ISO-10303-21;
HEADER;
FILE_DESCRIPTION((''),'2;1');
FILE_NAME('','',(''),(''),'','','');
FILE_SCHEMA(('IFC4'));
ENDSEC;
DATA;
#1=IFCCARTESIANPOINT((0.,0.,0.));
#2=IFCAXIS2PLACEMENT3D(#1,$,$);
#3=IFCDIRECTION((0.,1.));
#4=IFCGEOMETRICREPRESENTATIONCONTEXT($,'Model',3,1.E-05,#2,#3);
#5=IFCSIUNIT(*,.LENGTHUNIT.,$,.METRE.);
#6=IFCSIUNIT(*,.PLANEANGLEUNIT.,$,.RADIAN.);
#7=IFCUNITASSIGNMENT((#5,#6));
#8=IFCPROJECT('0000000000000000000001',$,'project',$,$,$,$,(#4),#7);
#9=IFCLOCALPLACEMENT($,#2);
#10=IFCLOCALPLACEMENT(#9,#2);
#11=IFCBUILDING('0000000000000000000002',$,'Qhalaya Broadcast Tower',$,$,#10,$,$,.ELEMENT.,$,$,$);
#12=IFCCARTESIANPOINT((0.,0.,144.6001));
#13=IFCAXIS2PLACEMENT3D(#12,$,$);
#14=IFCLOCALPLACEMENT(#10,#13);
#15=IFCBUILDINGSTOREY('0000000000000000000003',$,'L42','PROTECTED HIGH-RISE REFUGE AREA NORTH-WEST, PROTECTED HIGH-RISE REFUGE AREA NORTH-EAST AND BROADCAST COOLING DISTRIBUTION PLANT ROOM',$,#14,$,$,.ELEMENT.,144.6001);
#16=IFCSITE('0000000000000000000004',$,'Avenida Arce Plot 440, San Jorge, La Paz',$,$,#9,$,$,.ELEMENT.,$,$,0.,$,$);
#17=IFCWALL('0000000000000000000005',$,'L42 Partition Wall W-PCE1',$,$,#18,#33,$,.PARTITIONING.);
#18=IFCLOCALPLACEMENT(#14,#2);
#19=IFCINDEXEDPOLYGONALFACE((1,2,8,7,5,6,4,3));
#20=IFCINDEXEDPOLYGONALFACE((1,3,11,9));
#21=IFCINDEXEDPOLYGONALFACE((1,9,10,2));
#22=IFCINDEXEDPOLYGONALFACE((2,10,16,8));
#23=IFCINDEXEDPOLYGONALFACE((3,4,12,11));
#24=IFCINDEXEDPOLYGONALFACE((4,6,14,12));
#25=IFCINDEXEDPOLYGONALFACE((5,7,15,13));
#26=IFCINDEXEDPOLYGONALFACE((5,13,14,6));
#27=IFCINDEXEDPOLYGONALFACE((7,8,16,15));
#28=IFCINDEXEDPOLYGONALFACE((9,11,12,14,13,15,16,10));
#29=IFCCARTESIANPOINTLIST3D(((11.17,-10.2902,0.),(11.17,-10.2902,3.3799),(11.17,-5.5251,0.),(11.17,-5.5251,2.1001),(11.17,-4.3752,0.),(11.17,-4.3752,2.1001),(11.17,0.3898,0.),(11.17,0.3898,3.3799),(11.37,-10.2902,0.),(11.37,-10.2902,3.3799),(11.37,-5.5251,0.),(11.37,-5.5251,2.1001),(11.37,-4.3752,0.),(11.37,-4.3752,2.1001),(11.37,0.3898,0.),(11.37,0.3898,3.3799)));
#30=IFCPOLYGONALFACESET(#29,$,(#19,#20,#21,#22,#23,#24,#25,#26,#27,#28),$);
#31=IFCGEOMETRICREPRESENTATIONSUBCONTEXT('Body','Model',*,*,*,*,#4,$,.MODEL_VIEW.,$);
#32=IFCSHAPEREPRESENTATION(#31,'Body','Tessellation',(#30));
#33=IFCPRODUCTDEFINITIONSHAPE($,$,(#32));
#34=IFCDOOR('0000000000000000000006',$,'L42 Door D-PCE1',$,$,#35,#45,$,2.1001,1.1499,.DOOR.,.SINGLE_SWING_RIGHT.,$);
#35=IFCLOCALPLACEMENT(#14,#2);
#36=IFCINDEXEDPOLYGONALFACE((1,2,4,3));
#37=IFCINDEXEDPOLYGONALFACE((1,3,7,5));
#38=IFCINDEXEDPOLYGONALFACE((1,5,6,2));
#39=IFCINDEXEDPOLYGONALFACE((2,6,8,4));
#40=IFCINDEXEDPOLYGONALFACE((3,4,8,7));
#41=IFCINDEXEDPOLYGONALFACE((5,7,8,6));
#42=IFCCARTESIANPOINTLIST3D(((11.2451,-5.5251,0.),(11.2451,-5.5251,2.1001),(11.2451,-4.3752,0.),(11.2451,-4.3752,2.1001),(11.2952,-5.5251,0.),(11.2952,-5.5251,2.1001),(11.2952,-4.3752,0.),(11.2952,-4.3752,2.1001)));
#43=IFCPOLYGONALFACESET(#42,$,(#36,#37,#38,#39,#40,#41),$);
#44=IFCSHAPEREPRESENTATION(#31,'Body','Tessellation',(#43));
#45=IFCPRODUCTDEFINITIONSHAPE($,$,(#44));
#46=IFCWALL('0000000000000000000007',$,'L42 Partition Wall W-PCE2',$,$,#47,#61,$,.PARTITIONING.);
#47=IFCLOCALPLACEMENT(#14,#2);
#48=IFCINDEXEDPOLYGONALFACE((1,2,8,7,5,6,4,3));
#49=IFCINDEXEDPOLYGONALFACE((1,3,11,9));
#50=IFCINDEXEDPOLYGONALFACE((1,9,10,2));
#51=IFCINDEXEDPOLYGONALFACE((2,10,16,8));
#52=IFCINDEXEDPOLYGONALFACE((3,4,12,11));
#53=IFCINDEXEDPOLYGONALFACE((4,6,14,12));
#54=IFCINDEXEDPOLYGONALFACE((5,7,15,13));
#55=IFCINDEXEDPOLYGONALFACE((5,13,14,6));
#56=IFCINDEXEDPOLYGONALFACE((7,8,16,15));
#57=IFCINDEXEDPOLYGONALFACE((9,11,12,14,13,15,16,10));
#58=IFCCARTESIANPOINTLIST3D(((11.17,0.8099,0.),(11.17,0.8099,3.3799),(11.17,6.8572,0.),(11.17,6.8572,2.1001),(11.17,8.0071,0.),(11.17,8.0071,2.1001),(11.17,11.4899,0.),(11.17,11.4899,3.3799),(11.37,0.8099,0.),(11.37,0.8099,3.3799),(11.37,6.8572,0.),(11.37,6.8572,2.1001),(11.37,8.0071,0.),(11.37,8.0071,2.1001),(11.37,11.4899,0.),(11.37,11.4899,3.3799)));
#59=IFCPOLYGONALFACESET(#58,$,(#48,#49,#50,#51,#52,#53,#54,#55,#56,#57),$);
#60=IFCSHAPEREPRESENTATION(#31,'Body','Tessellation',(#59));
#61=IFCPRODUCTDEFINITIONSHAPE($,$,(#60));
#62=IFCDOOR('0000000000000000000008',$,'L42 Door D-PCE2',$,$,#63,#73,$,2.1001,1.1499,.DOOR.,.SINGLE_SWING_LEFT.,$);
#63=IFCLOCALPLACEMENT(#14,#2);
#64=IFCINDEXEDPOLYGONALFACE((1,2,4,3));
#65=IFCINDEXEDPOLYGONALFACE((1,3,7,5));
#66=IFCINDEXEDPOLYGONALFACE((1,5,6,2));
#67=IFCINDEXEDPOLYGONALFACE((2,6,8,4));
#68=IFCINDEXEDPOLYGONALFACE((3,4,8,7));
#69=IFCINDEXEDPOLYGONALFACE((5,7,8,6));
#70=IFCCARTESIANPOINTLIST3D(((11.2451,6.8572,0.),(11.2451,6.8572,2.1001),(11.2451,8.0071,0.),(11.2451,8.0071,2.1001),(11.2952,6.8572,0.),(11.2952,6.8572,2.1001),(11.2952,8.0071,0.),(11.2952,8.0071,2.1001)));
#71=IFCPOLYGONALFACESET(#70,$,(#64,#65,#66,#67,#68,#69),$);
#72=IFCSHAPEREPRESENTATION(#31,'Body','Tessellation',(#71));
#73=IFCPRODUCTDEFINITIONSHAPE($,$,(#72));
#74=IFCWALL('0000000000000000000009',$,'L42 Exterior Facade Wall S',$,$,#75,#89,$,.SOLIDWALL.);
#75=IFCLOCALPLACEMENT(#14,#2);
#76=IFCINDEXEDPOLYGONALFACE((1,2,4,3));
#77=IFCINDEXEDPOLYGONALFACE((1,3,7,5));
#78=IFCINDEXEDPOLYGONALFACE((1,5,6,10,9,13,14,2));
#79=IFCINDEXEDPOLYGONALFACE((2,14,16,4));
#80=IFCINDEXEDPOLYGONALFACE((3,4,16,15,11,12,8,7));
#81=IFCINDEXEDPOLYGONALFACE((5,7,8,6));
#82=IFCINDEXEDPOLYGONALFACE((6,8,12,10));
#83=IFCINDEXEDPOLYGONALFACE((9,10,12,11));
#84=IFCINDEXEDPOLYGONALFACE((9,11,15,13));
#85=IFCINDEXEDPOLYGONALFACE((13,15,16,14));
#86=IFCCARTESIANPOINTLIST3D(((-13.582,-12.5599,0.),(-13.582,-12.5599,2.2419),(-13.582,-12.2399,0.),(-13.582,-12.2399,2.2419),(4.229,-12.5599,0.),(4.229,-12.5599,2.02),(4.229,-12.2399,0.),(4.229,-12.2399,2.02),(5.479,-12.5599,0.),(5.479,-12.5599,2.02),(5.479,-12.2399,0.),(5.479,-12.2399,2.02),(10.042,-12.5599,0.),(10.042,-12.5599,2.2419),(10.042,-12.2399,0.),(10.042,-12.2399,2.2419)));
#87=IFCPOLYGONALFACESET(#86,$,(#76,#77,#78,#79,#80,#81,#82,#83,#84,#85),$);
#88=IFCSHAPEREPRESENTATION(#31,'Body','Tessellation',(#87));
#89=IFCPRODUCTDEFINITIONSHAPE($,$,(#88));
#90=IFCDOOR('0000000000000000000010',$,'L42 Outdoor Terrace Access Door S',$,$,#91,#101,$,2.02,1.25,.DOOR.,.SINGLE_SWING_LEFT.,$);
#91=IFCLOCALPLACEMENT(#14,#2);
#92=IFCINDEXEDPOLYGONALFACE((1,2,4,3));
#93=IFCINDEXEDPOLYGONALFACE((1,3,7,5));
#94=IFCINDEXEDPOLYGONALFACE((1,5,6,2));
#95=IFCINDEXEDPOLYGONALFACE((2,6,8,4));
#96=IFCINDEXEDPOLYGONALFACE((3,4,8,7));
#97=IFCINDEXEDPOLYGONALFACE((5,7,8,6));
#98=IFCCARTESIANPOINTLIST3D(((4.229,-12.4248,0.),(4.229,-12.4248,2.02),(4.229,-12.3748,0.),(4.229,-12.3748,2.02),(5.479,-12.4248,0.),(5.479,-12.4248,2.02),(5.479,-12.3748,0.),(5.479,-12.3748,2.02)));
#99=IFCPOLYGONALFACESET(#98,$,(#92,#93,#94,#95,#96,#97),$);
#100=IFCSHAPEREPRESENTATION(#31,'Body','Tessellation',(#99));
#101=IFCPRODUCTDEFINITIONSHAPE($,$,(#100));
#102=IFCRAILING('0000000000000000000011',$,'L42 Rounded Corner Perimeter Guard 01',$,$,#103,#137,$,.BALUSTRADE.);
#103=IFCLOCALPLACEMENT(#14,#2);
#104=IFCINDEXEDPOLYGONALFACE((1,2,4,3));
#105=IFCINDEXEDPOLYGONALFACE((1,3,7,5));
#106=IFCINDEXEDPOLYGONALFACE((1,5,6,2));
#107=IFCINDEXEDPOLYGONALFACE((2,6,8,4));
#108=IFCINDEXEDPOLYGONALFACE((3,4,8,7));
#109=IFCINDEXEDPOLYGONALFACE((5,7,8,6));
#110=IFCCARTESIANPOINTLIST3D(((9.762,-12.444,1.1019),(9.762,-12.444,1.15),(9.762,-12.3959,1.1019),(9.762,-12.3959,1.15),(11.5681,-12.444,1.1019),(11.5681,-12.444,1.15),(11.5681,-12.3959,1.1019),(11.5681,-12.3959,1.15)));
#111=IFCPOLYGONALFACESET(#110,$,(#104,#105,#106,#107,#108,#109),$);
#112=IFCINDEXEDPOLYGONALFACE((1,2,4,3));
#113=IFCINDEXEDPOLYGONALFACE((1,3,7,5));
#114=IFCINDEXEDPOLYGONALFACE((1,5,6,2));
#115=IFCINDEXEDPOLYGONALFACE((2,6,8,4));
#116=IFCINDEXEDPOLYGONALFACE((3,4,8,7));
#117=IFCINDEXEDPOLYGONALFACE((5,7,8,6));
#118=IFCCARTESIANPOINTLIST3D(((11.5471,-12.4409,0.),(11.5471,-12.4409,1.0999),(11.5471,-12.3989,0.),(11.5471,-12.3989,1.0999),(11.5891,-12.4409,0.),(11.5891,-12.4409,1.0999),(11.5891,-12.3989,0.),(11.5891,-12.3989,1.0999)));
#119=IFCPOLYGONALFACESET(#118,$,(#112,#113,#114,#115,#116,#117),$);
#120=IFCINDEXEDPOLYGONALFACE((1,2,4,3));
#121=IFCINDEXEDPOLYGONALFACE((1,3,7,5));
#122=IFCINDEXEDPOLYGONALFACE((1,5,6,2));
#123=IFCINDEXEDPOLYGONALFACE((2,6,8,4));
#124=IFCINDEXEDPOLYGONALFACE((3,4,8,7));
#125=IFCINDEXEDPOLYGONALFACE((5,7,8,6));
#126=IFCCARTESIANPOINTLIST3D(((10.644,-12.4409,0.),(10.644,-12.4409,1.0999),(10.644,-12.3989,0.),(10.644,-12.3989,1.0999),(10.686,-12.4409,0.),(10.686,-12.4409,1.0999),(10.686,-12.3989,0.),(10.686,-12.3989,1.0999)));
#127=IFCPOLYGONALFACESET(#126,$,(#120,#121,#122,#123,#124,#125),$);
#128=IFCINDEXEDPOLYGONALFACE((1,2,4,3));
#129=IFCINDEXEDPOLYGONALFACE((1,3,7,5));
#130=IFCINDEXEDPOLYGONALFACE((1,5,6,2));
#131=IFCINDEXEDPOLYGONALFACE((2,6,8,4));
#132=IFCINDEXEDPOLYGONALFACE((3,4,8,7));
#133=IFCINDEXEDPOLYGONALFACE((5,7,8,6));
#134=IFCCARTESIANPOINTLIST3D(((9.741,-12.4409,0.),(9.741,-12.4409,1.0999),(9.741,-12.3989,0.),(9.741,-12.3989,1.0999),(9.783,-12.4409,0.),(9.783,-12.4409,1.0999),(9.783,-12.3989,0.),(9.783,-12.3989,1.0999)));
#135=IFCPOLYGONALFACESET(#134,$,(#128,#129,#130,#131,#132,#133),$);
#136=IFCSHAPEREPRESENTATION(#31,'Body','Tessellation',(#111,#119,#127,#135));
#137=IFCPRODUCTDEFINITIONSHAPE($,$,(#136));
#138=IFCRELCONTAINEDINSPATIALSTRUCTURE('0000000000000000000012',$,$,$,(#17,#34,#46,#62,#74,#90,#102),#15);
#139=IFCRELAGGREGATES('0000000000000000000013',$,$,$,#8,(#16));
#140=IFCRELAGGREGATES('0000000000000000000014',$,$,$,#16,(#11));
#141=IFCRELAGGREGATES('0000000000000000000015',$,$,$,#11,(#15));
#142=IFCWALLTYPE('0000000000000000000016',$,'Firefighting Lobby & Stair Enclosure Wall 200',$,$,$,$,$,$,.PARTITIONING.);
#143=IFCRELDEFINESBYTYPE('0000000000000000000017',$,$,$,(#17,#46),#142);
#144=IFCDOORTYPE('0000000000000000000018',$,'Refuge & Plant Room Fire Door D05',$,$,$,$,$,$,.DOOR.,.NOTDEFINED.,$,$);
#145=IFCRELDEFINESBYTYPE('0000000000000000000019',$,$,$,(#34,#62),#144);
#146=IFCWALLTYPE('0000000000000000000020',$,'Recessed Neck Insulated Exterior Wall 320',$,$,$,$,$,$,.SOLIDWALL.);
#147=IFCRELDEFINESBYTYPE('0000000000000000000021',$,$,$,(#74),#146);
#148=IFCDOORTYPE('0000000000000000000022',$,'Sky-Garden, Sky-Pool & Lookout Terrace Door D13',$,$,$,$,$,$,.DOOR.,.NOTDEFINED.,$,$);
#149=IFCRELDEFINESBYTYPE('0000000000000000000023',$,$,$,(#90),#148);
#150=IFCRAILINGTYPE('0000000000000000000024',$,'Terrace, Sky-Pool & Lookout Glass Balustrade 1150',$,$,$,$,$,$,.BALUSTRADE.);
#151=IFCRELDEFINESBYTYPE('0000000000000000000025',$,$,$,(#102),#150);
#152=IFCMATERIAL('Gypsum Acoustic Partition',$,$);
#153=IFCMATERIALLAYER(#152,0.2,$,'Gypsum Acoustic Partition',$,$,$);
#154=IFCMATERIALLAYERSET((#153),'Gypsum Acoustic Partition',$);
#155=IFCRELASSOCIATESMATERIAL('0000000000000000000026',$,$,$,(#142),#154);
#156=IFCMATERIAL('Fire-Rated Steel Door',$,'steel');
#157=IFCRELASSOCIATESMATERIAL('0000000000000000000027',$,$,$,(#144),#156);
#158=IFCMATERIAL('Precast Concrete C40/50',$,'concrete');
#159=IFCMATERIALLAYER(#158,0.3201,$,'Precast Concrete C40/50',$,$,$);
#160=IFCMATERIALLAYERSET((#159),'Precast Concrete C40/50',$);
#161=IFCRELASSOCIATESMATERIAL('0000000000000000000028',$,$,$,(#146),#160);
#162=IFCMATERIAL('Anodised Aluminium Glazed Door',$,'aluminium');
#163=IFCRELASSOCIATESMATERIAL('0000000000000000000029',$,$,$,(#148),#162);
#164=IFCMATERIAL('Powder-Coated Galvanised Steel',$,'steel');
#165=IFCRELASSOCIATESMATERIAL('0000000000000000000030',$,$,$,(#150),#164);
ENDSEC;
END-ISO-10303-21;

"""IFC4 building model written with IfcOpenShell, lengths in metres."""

from ifc_helpers import new_model, si_unit, direction, frame, frame_2d, origin, origin_2d, place, context, subcontext, project, spatial, rectangle, extrude, material, layer, layer_set, type_object, element, fill, save


model = new_model("IFC4")

# Units and contexts
model_context = context("Model", 3, precision=1e-05, world=origin(), true_north=direction((0.0, 1.0)))
body_context = subcontext(model_context, "Body", "Model", "MODEL_VIEW")
ifc_project = project(units=[si_unit("LENGTHUNIT", "METRE"), si_unit("PLANEANGLEUNIT", "RADIAN")], contexts=[model_context])

# Site, building, storey
site_placement = place(None, origin())
site = spatial("IfcSite", under=ifc_project, at=site_placement, Name="Avenida Arce Plot 440, San Jorge, La Paz", CompositionType="ELEMENT", RefElevation=0.0)
building_placement = place(site_placement, origin())
building = spatial("IfcBuilding", under=site, at=building_placement, Name="Qhalaya Broadcast Tower", CompositionType="ELEMENT")
storey_placement = place(building_placement, frame((0.0, 0.0, 144.6001)))
storey = spatial("IfcBuildingStorey", under=building, at=storey_placement, Name="L42", Description="PROTECTED HIGH-RISE REFUGE AREA NORTH-WEST, PROTECTED HIGH-RISE REFUGE AREA NORTH-EAST AND BROADCAST COOLING DISTRIBUTION PLANT ROOM", CompositionType="ELEMENT", Elevation=144.6001)

# Shared definitions
ifc_material_1 = material(Name="Gypsum Acoustic Partition")
ifc_layer_1 = layer(ifc_material_1, 0.2, Name="Gypsum Acoustic Partition")
ifc_layer_set_1 = layer_set([ifc_layer_1], Name="Gypsum Acoustic Partition")
wall_type_1 = type_object("IfcWallType", Name="Firefighting Lobby & Stair Enclosure Wall 200", PredefinedType="PARTITIONING", material=ifc_layer_set_1)

# Walls, openings, doors
wall_1_placement = place(storey_placement, frame((11.27, -10.29, 0.0), z_axis=(0.0, 0.0, 1.0), x_axis=(0.0, 1.0, 0.0)))
wall_1 = element("IfcWall", 1, at=wall_1_placement, inside=storey, type_object=wall_type_1, Name="L42 Partition Wall W-PCE1", PredefinedType="PARTITIONING", context=body_context, shape_type="SweptSolid", body=[
    extrude(rectangle(XDim=10.6799, YDim=0.2, at=frame_2d((5.3398, 0.0))), origin(), (0.0, 0.0, 1.0), 3.3799),
])
opening_1_placement = place(wall_1_placement, frame((4.7649, 0.0, 0.0)))
opening_1 = element("IfcOpeningElement", 2, at=opening_1_placement, cuts=wall_1, PredefinedType="OPENING", context=body_context, shape_type="SweptSolid", body=[
    extrude(rectangle(XDim=1.1499, YDim=2.1001, at=frame_2d((0.575, 1.05))), frame((0.0, 0.1121, 0.0), z_axis=(0.0, -1.0, 0.0), x_axis=(1.0, 0.0, 0.0)), (0.0, 0.0, 1.0), 0.2239),
])
ifc_material_2 = material(Name="Fire-Rated Steel Door", Category="steel")
door_type_1 = type_object("IfcDoorType", Name="Refuge & Plant Room Fire Door D05", OperationType="NOTDEFINED", PredefinedType="DOOR", material=ifc_material_2)
door_1_placement = place(opening_1_placement, origin())
door_1 = element("IfcDoor", 3, at=door_1_placement, inside=storey, type_object=door_type_1, Name="L42 Door D-PCE1", OperationType="SINGLE_SWING_RIGHT", OverallHeight=2.1001, OverallWidth=1.1499, PredefinedType="DOOR", context=body_context, shape_type="SweptSolid", body=[
    extrude(rectangle(XDim=1.1499, YDim=2.1001, at=frame_2d((0.575, 1.05))), frame((0.0, 0.0249, 0.0), z_axis=(0.0, -1.0, 0.0), x_axis=(1.0, 0.0, 0.0)), (0.0, 0.0, 1.0), 0.05),
])
fill(opening_1, door_1)
wall_2_placement = place(storey_placement, frame((11.27, 0.8101, 0.0), z_axis=(0.0, 0.0, 1.0), x_axis=(0.0, 1.0, 0.0)))
wall_2 = element("IfcWall", 4, at=wall_2_placement, inside=storey, type_object=wall_type_1, Name="L42 Partition Wall W-PCE2", PredefinedType="PARTITIONING", context=body_context, shape_type="SweptSolid", body=[
    extrude(rectangle(XDim=10.6799, YDim=0.2, at=frame_2d((5.3398, 0.0))), origin(), (0.0, 0.0, 1.0), 3.3799),
])
opening_2_placement = place(wall_2_placement, frame((6.0471, 0.0, 0.0)))
opening_2 = element("IfcOpeningElement", 5, at=opening_2_placement, cuts=wall_2, PredefinedType="OPENING", context=body_context, shape_type="SweptSolid", body=[
    extrude(rectangle(XDim=1.1499, YDim=2.1001, at=frame_2d((0.575, 1.05))), frame((0.0, 0.1121, 0.0), z_axis=(0.0, -1.0, 0.0), x_axis=(1.0, 0.0, 0.0)), (0.0, 0.0, 1.0), 0.2239),
])
door_2_placement = place(opening_2_placement, origin())
door_2 = element("IfcDoor", 6, at=door_2_placement, inside=storey, type_object=door_type_1, Name="L42 Door D-PCE2", OperationType="SINGLE_SWING_LEFT", OverallHeight=2.1001, OverallWidth=1.1499, PredefinedType="DOOR", context=body_context, shape_type="SweptSolid", body=[
    extrude(rectangle(XDim=1.1499, YDim=2.1001, at=frame_2d((0.575, 1.05))), frame((0.0, 0.0249, 0.0), z_axis=(0.0, -1.0, 0.0), x_axis=(1.0, 0.0, 0.0)), (0.0, 0.0, 1.0), 0.05),
])
fill(opening_2, door_2)
ifc_material_3 = material(Name="Precast Concrete C40/50", Category="concrete")
ifc_layer_2 = layer(ifc_material_3, 0.3201, Name="Precast Concrete C40/50")
ifc_layer_set_2 = layer_set([ifc_layer_2], Name="Precast Concrete C40/50")
wall_type_2 = type_object("IfcWallType", Name="Recessed Neck Insulated Exterior Wall 320", PredefinedType="SOLIDWALL", material=ifc_layer_set_2)
wall_3_placement = place(storey_placement, frame((10.042, -12.3999, 0.0), z_axis=(0.0, 0.0, 1.0), x_axis=(-1.0, 0.0, 0.0)))
wall_3 = element("IfcWall", 7, at=wall_3_placement, inside=storey, type_object=wall_type_2, Name="L42 Exterior Facade Wall S", PredefinedType="SOLIDWALL", context=body_context, shape_type="SweptSolid", body=[
    extrude(rectangle(XDim=23.624, YDim=0.3201, at=frame_2d((11.812, 0.0))), origin(), (0.0, 0.0, 1.0), 2.2419),
])
opening_3_placement = place(wall_3_placement, frame((4.563, 0.0, 0.0)))
opening_3 = element("IfcOpeningElement", 8, at=opening_3_placement, cuts=wall_3, PredefinedType="OPENING", context=body_context, shape_type="SweptSolid", body=[
    extrude(rectangle(XDim=1.25, YDim=2.02, at=frame_2d((0.625, 1.01))), frame((0.0, 0.1721, 0.0), z_axis=(0.0, -1.0, 0.0), x_axis=(1.0, 0.0, 0.0)), (0.0, 0.0, 1.0), 0.344),
])
ifc_material_4 = material(Name="Anodised Aluminium Glazed Door", Category="aluminium")
door_type_2 = type_object("IfcDoorType", Name="Sky-Garden, Sky-Pool & Lookout Terrace Door D13", OperationType="NOTDEFINED", PredefinedType="DOOR", material=ifc_material_4)
door_3_placement = place(opening_3_placement, origin())
door_3 = element("IfcDoor", 9, at=door_3_placement, inside=storey, type_object=door_type_2, Name="L42 Outdoor Terrace Access Door S", OperationType="SINGLE_SWING_LEFT", OverallHeight=2.02, OverallWidth=1.25, PredefinedType="DOOR", context=body_context, shape_type="SweptSolid", body=[
    extrude(rectangle(XDim=1.25, YDim=2.02, at=frame_2d((0.625, 1.01))), frame((0.0, 0.0249, 0.0), z_axis=(0.0, -1.0, 0.0), x_axis=(1.0, 0.0, 0.0)), (0.0, 0.0, 1.0), 0.05),
])
fill(opening_3, door_3)

# Railing
ifc_material_5 = material(Name="Powder-Coated Galvanised Steel", Category="steel")
railing_type = type_object("IfcRailingType", Name="Terrace, Sky-Pool & Lookout Glass Balustrade 1150", PredefinedType="BALUSTRADE", material=ifc_material_5)
railing_placement = place(storey_placement, frame((11.5681, -12.4199, 0.0)))
element("IfcRailing", 10, at=railing_placement, inside=storey, type_object=railing_type, Name="L42 Rounded Corner Perimeter Guard 01", PredefinedType="BALUSTRADE", context=body_context, shape_type="SweptSolid", body=[
    extrude(rectangle(XDim=0.0481, YDim=0.0481, at=origin_2d()), frame((0.0, 0.0, 1.126), z_axis=(-1.0, 0.0, 0.0), x_axis=(0.0, -1.0, 0.0)), (0.0, 0.0, 1.0), 1.8062),
    extrude(rectangle(XDim=0.042, YDim=0.042, at=origin_2d()), origin(), (0.0, 0.0, 1.0), 1.0999),
    extrude(rectangle(XDim=0.042, YDim=0.042, at=origin_2d()), frame((-0.9031, 0.0, 0.0)), (0.0, 0.0, 1.0), 1.0999),
    extrude(rectangle(XDim=0.042, YDim=0.042, at=origin_2d()), frame((-1.8062, 0.0, 0.0)), (0.0, 0.0, 1.0), 1.0999),
])

save(model, "model.ifc")
